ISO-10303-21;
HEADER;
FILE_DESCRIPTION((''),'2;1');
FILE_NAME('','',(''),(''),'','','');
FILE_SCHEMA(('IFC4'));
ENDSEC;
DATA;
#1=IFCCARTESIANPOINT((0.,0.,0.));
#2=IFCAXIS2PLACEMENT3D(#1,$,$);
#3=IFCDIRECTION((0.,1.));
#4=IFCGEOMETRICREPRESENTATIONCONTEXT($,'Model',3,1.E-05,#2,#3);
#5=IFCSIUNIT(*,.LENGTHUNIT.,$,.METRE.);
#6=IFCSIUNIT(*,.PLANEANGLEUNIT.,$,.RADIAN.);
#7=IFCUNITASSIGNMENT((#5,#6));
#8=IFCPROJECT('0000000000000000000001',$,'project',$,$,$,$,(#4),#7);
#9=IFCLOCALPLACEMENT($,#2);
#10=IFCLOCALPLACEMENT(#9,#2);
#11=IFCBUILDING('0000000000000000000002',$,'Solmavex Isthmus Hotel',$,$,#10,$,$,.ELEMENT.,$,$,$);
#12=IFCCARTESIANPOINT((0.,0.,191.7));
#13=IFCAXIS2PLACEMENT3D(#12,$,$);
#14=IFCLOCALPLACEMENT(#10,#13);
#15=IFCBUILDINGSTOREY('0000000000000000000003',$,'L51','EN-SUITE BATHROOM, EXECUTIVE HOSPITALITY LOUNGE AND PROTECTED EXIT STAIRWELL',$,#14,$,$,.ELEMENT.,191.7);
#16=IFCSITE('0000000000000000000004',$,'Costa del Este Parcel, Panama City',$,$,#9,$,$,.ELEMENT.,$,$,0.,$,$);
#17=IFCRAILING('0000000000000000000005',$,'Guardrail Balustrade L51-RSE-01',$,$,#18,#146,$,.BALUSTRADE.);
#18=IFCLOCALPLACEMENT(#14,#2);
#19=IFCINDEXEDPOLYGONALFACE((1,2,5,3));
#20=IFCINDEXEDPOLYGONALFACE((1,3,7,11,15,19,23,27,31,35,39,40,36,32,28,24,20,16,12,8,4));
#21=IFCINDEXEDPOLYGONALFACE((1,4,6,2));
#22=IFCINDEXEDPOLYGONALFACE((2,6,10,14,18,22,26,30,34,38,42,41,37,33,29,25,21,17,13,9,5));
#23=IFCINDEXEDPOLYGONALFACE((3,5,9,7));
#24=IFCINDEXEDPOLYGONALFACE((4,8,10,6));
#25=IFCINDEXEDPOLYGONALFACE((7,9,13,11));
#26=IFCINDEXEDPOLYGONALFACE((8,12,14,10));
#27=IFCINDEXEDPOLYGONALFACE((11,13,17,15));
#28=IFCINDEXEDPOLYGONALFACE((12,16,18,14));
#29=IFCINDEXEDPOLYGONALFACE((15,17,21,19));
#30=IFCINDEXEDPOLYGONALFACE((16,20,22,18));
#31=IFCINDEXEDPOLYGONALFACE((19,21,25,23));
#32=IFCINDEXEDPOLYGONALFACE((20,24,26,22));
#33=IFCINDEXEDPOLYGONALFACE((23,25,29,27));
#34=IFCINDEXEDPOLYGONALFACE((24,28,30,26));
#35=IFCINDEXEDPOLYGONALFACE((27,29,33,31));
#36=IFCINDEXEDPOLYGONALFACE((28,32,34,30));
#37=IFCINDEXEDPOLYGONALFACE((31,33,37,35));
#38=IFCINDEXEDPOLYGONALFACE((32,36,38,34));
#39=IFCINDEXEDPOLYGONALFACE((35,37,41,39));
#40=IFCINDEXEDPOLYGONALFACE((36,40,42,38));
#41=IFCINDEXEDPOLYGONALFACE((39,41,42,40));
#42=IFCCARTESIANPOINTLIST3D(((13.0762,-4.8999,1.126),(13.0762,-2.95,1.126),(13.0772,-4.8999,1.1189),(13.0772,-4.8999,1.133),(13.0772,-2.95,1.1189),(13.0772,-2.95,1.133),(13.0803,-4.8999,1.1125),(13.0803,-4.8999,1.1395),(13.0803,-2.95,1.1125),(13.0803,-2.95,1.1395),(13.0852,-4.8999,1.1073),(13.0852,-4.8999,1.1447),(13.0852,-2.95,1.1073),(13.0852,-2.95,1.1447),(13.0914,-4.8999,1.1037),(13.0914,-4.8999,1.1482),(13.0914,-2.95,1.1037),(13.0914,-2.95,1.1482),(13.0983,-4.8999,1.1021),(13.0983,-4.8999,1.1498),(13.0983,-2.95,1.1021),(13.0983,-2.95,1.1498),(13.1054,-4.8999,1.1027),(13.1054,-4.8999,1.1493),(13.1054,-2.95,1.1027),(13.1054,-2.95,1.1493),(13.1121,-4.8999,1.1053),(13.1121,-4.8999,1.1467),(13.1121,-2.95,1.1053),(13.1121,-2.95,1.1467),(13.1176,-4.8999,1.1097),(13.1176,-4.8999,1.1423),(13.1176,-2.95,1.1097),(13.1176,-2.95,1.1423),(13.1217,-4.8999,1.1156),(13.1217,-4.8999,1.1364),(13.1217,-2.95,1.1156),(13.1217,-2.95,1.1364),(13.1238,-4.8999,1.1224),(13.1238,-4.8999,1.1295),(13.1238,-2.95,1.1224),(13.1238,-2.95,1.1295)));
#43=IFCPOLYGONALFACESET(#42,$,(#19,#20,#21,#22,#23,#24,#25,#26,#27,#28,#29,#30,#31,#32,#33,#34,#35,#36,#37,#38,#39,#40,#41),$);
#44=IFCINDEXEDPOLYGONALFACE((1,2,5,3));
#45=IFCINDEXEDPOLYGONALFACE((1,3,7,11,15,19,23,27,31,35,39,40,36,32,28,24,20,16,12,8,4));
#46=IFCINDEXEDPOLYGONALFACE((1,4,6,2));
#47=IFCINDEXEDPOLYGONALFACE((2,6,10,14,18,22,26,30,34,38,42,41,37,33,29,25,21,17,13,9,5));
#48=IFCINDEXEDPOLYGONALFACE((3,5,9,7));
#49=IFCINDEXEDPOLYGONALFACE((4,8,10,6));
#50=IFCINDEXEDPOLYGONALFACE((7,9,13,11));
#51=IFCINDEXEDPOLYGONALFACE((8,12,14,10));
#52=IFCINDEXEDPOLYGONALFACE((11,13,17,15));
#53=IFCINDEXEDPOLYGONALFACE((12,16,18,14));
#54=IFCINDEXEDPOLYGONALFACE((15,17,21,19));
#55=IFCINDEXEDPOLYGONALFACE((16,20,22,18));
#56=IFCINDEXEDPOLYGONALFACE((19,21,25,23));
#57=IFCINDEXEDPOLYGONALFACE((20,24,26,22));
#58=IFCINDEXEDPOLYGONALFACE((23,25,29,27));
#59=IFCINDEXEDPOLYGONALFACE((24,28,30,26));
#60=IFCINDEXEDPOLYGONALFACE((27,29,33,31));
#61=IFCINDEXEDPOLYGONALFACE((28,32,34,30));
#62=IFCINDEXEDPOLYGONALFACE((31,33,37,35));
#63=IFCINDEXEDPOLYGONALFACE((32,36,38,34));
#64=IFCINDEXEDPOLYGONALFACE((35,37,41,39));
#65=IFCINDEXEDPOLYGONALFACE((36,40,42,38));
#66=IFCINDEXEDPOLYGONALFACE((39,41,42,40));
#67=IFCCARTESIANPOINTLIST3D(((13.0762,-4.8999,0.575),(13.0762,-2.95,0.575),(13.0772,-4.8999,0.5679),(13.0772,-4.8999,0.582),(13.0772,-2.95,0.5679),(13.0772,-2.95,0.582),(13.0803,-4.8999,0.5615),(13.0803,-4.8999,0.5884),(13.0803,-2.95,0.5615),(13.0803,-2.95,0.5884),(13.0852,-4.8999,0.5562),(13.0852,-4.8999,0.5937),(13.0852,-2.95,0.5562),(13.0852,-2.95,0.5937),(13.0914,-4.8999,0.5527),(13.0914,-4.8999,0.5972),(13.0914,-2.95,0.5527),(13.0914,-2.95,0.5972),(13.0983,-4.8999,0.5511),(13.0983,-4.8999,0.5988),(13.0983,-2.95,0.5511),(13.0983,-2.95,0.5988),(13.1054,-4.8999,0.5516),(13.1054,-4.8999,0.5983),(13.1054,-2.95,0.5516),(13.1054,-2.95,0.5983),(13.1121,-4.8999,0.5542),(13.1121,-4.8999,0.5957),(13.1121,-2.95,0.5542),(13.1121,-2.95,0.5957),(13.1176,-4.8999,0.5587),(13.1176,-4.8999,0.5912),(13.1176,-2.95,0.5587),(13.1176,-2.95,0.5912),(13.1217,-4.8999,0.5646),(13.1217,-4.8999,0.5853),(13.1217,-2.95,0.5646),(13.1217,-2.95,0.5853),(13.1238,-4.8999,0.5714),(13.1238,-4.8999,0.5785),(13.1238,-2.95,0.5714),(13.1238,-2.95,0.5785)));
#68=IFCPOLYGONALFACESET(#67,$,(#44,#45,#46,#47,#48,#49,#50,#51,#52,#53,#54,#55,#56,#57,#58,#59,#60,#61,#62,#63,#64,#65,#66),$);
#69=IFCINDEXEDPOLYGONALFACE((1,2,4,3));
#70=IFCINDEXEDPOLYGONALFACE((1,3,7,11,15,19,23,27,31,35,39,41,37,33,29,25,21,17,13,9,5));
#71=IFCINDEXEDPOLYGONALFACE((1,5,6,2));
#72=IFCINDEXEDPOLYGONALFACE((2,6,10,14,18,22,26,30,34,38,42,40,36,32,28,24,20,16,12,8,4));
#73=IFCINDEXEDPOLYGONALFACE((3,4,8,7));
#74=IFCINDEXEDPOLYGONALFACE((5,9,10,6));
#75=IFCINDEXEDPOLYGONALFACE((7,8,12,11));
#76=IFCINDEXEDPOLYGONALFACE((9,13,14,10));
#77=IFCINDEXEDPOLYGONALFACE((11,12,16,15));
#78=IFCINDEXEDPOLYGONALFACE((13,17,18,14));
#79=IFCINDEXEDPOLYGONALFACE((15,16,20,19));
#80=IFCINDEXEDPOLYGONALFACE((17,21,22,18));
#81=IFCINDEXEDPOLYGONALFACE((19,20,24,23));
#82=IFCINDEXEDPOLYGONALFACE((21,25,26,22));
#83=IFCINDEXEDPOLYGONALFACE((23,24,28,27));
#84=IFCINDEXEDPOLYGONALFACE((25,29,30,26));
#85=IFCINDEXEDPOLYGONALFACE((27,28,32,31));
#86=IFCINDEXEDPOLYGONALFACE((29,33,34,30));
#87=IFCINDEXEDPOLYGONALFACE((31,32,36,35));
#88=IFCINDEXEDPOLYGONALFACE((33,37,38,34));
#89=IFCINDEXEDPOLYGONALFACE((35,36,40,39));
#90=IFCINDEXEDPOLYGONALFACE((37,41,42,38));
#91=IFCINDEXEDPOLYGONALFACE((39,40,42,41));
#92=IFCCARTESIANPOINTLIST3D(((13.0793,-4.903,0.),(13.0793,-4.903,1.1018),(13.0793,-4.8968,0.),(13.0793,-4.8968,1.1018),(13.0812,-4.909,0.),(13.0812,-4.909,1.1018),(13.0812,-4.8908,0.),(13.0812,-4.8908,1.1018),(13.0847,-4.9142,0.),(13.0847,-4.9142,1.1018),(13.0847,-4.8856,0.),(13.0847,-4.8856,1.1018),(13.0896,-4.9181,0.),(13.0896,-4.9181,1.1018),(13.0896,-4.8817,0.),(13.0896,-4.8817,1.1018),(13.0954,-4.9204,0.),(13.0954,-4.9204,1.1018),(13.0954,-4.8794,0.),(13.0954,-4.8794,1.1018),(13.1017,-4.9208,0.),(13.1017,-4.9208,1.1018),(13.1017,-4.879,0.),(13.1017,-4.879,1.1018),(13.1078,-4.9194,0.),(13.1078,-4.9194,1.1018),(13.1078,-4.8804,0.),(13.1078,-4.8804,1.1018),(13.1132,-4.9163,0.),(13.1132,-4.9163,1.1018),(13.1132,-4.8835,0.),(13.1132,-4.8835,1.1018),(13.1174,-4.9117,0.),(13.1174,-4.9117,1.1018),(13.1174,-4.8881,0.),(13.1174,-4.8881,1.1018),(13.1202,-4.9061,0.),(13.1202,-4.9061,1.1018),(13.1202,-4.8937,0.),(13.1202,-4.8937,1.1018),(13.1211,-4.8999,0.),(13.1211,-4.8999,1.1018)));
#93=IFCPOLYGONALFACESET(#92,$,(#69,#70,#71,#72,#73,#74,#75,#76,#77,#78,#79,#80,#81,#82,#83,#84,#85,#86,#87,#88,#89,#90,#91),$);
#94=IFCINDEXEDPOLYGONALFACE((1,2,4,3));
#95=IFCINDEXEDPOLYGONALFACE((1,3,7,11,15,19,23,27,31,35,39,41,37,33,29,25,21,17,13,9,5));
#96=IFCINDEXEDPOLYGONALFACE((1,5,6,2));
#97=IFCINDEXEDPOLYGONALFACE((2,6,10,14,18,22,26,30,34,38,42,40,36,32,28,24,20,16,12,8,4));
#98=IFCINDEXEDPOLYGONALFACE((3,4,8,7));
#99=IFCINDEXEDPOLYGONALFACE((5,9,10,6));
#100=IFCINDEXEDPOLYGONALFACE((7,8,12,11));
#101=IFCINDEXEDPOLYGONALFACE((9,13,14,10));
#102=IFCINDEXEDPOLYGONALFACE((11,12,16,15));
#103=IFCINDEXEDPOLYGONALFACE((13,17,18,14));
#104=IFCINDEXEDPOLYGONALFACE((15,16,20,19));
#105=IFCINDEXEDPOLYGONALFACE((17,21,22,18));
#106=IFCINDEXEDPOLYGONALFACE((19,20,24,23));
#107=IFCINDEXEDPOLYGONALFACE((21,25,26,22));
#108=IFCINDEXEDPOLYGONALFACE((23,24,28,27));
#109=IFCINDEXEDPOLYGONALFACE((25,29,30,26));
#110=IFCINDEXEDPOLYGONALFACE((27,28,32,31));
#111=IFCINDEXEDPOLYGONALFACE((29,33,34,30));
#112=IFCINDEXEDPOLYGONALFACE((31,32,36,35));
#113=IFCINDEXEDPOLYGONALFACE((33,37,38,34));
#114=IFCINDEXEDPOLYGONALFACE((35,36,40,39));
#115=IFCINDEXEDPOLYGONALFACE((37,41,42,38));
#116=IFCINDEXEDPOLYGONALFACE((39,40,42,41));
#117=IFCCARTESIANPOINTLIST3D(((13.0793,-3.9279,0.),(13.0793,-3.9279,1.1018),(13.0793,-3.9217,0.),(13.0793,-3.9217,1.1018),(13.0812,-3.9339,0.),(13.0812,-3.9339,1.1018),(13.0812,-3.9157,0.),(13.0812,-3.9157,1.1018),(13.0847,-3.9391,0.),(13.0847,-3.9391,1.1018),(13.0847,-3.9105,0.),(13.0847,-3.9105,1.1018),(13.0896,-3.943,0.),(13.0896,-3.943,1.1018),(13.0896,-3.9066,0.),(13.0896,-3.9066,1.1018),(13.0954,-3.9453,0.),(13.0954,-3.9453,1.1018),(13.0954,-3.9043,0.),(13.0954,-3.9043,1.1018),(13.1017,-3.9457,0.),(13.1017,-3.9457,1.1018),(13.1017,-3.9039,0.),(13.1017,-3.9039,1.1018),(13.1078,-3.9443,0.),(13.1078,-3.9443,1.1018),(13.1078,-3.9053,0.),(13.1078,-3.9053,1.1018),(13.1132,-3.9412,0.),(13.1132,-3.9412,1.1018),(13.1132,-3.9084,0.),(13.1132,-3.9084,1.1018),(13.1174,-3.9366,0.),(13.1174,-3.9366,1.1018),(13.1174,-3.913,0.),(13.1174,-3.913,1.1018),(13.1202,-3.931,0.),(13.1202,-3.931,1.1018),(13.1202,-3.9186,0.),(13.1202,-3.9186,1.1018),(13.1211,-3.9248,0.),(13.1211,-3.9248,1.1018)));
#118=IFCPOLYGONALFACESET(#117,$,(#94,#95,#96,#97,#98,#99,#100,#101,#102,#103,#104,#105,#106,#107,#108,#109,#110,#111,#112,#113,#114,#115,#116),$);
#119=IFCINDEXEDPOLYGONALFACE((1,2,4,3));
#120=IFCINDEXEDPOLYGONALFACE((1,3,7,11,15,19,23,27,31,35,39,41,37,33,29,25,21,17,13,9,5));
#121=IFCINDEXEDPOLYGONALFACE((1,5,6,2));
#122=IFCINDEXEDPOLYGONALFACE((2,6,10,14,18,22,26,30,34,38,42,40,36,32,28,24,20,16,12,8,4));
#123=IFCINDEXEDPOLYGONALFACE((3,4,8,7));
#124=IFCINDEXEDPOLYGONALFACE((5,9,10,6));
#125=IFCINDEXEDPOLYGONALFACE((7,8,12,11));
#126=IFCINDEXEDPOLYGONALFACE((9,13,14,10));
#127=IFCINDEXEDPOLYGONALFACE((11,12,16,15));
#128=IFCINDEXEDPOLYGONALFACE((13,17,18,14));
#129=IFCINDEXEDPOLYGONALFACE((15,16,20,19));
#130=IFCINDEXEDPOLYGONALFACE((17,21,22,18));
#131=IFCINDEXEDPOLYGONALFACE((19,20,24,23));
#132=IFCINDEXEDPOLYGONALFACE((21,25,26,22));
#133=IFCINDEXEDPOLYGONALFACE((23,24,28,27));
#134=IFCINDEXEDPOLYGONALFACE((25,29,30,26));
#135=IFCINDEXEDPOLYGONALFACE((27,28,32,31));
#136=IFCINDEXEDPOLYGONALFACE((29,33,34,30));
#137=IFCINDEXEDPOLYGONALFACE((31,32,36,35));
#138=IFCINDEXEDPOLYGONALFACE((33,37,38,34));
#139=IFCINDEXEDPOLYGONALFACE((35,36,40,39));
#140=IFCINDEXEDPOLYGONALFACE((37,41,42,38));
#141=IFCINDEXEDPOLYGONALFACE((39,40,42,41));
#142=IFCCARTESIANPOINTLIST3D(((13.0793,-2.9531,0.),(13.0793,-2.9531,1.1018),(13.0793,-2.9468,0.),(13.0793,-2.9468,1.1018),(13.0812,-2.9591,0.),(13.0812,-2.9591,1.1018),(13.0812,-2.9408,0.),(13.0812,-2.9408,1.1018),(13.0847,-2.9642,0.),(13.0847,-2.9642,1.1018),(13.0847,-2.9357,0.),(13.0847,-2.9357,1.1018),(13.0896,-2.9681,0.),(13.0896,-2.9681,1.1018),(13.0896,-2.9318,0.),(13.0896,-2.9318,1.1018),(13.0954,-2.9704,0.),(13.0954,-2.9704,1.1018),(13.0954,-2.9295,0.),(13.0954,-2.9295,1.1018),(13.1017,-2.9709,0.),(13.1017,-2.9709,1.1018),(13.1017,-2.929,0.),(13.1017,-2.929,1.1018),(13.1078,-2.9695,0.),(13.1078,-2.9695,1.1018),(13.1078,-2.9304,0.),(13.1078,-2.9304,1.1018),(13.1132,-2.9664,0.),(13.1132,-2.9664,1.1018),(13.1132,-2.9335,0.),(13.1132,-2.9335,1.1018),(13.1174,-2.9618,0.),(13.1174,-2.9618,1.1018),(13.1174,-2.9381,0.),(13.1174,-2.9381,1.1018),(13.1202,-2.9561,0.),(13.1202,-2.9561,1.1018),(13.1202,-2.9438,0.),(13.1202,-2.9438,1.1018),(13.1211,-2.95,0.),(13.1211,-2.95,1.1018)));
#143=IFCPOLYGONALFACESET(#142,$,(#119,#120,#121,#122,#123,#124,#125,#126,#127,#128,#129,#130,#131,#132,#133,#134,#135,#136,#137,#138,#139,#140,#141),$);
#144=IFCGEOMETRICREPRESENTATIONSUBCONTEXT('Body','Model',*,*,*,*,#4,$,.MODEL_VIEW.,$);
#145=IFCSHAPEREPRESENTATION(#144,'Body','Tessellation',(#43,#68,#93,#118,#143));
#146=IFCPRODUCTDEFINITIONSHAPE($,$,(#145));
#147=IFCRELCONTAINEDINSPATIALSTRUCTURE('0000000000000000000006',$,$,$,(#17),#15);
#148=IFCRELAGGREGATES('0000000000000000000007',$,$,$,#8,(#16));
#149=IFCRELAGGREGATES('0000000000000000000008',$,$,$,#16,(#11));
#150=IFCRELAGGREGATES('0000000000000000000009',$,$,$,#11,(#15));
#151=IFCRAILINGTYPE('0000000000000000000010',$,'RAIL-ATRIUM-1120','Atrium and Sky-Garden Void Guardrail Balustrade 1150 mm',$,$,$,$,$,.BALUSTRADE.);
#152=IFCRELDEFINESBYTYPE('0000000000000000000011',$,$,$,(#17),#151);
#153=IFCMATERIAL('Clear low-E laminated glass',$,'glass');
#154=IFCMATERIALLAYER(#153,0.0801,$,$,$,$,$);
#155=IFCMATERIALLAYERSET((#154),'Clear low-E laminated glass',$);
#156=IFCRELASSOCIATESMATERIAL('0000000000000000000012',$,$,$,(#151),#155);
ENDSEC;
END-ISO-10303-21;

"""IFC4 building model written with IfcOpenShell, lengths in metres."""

from ifc_helpers import new_model, si_unit, direction, frame, origin, origin_2d, place, context, subcontext, project, spatial, circle, extrude, material, layer, layer_set, type_object, element, save


model = new_model("IFC4")

# Units and contexts
model_context = context("Model", 3, precision=1e-05, world=origin(), true_north=direction((0.0, 1.0)))
body_context = subcontext(model_context, "Body", "Model", "MODEL_VIEW")
ifc_project = project(units=[si_unit("LENGTHUNIT", "METRE"), si_unit("PLANEANGLEUNIT", "RADIAN")], contexts=[model_context])

# Site, building, storey
site_placement = place(None, origin())
site = spatial("IfcSite", under=ifc_project, at=site_placement, Name="Costa del Este Parcel, Panama City", CompositionType="ELEMENT", RefElevation=0.0)
building_placement = place(site_placement, origin())
building = spatial("IfcBuilding", under=site, at=building_placement, Name="Solmavex Isthmus Hotel", CompositionType="ELEMENT")
storey_placement = place(building_placement, frame((0.0, 0.0, 191.7)))
storey = spatial("IfcBuildingStorey", under=building, at=storey_placement, Name="L51", Description="EN-SUITE BATHROOM, EXECUTIVE HOSPITALITY LOUNGE AND PROTECTED EXIT STAIRWELL", CompositionType="ELEMENT", Elevation=191.7)

# Railing
ifc_material_1 = material(Name="Clear low-E laminated glass", Category="glass")
ifc_layer_1 = layer(ifc_material_1, 0.0801)
ifc_layer_set_1 = layer_set([ifc_layer_1], Name="Clear low-E laminated glass")
railing_type_1 = type_object("IfcRailingType", Name="RAIL-ATRIUM-1120", Description="Atrium and Sky-Garden Void Guardrail Balustrade 1150 mm", PredefinedType="BALUSTRADE", material=ifc_layer_set_1)
railing_1_placement = place(storey_placement, frame((13.1001, -4.8999, 0.0)))
element("IfcRailing", 1, at=railing_1_placement, inside=storey, type_object=railing_type_1, Name="Guardrail Balustrade L51-RSE-01", PredefinedType="BALUSTRADE", context=body_context, shape_type="SweptSolid", body=[
    extrude(circle(Radius=0.0239, at=origin_2d()), frame((0.0, 0.0, 1.126), z_axis=(0.0, 1.0, 0.0), x_axis=(-1.0, 0.0, 0.0)), (0.0, 0.0, 1.0), 1.95),
    extrude(circle(Radius=0.0239, at=origin_2d()), frame((0.0, 0.0, 0.575), z_axis=(0.0, 1.0, 0.0), x_axis=(-1.0, 0.0, 0.0)), (0.0, 0.0, 1.0), 1.95),
    extrude(circle(Radius=0.021, at=origin_2d()), origin(), (0.0, 0.0, 1.0), 1.1018),
    extrude(circle(Radius=0.021, at=origin_2d()), frame((0.0, 0.9751, 0.0)), (0.0, 0.0, 1.0), 1.1018),
    extrude(circle(Radius=0.021, at=origin_2d()), frame((0.0, 1.95, 0.0)), (0.0, 0.0, 1.0), 1.1018),
])

save(model, "model.ifc")
